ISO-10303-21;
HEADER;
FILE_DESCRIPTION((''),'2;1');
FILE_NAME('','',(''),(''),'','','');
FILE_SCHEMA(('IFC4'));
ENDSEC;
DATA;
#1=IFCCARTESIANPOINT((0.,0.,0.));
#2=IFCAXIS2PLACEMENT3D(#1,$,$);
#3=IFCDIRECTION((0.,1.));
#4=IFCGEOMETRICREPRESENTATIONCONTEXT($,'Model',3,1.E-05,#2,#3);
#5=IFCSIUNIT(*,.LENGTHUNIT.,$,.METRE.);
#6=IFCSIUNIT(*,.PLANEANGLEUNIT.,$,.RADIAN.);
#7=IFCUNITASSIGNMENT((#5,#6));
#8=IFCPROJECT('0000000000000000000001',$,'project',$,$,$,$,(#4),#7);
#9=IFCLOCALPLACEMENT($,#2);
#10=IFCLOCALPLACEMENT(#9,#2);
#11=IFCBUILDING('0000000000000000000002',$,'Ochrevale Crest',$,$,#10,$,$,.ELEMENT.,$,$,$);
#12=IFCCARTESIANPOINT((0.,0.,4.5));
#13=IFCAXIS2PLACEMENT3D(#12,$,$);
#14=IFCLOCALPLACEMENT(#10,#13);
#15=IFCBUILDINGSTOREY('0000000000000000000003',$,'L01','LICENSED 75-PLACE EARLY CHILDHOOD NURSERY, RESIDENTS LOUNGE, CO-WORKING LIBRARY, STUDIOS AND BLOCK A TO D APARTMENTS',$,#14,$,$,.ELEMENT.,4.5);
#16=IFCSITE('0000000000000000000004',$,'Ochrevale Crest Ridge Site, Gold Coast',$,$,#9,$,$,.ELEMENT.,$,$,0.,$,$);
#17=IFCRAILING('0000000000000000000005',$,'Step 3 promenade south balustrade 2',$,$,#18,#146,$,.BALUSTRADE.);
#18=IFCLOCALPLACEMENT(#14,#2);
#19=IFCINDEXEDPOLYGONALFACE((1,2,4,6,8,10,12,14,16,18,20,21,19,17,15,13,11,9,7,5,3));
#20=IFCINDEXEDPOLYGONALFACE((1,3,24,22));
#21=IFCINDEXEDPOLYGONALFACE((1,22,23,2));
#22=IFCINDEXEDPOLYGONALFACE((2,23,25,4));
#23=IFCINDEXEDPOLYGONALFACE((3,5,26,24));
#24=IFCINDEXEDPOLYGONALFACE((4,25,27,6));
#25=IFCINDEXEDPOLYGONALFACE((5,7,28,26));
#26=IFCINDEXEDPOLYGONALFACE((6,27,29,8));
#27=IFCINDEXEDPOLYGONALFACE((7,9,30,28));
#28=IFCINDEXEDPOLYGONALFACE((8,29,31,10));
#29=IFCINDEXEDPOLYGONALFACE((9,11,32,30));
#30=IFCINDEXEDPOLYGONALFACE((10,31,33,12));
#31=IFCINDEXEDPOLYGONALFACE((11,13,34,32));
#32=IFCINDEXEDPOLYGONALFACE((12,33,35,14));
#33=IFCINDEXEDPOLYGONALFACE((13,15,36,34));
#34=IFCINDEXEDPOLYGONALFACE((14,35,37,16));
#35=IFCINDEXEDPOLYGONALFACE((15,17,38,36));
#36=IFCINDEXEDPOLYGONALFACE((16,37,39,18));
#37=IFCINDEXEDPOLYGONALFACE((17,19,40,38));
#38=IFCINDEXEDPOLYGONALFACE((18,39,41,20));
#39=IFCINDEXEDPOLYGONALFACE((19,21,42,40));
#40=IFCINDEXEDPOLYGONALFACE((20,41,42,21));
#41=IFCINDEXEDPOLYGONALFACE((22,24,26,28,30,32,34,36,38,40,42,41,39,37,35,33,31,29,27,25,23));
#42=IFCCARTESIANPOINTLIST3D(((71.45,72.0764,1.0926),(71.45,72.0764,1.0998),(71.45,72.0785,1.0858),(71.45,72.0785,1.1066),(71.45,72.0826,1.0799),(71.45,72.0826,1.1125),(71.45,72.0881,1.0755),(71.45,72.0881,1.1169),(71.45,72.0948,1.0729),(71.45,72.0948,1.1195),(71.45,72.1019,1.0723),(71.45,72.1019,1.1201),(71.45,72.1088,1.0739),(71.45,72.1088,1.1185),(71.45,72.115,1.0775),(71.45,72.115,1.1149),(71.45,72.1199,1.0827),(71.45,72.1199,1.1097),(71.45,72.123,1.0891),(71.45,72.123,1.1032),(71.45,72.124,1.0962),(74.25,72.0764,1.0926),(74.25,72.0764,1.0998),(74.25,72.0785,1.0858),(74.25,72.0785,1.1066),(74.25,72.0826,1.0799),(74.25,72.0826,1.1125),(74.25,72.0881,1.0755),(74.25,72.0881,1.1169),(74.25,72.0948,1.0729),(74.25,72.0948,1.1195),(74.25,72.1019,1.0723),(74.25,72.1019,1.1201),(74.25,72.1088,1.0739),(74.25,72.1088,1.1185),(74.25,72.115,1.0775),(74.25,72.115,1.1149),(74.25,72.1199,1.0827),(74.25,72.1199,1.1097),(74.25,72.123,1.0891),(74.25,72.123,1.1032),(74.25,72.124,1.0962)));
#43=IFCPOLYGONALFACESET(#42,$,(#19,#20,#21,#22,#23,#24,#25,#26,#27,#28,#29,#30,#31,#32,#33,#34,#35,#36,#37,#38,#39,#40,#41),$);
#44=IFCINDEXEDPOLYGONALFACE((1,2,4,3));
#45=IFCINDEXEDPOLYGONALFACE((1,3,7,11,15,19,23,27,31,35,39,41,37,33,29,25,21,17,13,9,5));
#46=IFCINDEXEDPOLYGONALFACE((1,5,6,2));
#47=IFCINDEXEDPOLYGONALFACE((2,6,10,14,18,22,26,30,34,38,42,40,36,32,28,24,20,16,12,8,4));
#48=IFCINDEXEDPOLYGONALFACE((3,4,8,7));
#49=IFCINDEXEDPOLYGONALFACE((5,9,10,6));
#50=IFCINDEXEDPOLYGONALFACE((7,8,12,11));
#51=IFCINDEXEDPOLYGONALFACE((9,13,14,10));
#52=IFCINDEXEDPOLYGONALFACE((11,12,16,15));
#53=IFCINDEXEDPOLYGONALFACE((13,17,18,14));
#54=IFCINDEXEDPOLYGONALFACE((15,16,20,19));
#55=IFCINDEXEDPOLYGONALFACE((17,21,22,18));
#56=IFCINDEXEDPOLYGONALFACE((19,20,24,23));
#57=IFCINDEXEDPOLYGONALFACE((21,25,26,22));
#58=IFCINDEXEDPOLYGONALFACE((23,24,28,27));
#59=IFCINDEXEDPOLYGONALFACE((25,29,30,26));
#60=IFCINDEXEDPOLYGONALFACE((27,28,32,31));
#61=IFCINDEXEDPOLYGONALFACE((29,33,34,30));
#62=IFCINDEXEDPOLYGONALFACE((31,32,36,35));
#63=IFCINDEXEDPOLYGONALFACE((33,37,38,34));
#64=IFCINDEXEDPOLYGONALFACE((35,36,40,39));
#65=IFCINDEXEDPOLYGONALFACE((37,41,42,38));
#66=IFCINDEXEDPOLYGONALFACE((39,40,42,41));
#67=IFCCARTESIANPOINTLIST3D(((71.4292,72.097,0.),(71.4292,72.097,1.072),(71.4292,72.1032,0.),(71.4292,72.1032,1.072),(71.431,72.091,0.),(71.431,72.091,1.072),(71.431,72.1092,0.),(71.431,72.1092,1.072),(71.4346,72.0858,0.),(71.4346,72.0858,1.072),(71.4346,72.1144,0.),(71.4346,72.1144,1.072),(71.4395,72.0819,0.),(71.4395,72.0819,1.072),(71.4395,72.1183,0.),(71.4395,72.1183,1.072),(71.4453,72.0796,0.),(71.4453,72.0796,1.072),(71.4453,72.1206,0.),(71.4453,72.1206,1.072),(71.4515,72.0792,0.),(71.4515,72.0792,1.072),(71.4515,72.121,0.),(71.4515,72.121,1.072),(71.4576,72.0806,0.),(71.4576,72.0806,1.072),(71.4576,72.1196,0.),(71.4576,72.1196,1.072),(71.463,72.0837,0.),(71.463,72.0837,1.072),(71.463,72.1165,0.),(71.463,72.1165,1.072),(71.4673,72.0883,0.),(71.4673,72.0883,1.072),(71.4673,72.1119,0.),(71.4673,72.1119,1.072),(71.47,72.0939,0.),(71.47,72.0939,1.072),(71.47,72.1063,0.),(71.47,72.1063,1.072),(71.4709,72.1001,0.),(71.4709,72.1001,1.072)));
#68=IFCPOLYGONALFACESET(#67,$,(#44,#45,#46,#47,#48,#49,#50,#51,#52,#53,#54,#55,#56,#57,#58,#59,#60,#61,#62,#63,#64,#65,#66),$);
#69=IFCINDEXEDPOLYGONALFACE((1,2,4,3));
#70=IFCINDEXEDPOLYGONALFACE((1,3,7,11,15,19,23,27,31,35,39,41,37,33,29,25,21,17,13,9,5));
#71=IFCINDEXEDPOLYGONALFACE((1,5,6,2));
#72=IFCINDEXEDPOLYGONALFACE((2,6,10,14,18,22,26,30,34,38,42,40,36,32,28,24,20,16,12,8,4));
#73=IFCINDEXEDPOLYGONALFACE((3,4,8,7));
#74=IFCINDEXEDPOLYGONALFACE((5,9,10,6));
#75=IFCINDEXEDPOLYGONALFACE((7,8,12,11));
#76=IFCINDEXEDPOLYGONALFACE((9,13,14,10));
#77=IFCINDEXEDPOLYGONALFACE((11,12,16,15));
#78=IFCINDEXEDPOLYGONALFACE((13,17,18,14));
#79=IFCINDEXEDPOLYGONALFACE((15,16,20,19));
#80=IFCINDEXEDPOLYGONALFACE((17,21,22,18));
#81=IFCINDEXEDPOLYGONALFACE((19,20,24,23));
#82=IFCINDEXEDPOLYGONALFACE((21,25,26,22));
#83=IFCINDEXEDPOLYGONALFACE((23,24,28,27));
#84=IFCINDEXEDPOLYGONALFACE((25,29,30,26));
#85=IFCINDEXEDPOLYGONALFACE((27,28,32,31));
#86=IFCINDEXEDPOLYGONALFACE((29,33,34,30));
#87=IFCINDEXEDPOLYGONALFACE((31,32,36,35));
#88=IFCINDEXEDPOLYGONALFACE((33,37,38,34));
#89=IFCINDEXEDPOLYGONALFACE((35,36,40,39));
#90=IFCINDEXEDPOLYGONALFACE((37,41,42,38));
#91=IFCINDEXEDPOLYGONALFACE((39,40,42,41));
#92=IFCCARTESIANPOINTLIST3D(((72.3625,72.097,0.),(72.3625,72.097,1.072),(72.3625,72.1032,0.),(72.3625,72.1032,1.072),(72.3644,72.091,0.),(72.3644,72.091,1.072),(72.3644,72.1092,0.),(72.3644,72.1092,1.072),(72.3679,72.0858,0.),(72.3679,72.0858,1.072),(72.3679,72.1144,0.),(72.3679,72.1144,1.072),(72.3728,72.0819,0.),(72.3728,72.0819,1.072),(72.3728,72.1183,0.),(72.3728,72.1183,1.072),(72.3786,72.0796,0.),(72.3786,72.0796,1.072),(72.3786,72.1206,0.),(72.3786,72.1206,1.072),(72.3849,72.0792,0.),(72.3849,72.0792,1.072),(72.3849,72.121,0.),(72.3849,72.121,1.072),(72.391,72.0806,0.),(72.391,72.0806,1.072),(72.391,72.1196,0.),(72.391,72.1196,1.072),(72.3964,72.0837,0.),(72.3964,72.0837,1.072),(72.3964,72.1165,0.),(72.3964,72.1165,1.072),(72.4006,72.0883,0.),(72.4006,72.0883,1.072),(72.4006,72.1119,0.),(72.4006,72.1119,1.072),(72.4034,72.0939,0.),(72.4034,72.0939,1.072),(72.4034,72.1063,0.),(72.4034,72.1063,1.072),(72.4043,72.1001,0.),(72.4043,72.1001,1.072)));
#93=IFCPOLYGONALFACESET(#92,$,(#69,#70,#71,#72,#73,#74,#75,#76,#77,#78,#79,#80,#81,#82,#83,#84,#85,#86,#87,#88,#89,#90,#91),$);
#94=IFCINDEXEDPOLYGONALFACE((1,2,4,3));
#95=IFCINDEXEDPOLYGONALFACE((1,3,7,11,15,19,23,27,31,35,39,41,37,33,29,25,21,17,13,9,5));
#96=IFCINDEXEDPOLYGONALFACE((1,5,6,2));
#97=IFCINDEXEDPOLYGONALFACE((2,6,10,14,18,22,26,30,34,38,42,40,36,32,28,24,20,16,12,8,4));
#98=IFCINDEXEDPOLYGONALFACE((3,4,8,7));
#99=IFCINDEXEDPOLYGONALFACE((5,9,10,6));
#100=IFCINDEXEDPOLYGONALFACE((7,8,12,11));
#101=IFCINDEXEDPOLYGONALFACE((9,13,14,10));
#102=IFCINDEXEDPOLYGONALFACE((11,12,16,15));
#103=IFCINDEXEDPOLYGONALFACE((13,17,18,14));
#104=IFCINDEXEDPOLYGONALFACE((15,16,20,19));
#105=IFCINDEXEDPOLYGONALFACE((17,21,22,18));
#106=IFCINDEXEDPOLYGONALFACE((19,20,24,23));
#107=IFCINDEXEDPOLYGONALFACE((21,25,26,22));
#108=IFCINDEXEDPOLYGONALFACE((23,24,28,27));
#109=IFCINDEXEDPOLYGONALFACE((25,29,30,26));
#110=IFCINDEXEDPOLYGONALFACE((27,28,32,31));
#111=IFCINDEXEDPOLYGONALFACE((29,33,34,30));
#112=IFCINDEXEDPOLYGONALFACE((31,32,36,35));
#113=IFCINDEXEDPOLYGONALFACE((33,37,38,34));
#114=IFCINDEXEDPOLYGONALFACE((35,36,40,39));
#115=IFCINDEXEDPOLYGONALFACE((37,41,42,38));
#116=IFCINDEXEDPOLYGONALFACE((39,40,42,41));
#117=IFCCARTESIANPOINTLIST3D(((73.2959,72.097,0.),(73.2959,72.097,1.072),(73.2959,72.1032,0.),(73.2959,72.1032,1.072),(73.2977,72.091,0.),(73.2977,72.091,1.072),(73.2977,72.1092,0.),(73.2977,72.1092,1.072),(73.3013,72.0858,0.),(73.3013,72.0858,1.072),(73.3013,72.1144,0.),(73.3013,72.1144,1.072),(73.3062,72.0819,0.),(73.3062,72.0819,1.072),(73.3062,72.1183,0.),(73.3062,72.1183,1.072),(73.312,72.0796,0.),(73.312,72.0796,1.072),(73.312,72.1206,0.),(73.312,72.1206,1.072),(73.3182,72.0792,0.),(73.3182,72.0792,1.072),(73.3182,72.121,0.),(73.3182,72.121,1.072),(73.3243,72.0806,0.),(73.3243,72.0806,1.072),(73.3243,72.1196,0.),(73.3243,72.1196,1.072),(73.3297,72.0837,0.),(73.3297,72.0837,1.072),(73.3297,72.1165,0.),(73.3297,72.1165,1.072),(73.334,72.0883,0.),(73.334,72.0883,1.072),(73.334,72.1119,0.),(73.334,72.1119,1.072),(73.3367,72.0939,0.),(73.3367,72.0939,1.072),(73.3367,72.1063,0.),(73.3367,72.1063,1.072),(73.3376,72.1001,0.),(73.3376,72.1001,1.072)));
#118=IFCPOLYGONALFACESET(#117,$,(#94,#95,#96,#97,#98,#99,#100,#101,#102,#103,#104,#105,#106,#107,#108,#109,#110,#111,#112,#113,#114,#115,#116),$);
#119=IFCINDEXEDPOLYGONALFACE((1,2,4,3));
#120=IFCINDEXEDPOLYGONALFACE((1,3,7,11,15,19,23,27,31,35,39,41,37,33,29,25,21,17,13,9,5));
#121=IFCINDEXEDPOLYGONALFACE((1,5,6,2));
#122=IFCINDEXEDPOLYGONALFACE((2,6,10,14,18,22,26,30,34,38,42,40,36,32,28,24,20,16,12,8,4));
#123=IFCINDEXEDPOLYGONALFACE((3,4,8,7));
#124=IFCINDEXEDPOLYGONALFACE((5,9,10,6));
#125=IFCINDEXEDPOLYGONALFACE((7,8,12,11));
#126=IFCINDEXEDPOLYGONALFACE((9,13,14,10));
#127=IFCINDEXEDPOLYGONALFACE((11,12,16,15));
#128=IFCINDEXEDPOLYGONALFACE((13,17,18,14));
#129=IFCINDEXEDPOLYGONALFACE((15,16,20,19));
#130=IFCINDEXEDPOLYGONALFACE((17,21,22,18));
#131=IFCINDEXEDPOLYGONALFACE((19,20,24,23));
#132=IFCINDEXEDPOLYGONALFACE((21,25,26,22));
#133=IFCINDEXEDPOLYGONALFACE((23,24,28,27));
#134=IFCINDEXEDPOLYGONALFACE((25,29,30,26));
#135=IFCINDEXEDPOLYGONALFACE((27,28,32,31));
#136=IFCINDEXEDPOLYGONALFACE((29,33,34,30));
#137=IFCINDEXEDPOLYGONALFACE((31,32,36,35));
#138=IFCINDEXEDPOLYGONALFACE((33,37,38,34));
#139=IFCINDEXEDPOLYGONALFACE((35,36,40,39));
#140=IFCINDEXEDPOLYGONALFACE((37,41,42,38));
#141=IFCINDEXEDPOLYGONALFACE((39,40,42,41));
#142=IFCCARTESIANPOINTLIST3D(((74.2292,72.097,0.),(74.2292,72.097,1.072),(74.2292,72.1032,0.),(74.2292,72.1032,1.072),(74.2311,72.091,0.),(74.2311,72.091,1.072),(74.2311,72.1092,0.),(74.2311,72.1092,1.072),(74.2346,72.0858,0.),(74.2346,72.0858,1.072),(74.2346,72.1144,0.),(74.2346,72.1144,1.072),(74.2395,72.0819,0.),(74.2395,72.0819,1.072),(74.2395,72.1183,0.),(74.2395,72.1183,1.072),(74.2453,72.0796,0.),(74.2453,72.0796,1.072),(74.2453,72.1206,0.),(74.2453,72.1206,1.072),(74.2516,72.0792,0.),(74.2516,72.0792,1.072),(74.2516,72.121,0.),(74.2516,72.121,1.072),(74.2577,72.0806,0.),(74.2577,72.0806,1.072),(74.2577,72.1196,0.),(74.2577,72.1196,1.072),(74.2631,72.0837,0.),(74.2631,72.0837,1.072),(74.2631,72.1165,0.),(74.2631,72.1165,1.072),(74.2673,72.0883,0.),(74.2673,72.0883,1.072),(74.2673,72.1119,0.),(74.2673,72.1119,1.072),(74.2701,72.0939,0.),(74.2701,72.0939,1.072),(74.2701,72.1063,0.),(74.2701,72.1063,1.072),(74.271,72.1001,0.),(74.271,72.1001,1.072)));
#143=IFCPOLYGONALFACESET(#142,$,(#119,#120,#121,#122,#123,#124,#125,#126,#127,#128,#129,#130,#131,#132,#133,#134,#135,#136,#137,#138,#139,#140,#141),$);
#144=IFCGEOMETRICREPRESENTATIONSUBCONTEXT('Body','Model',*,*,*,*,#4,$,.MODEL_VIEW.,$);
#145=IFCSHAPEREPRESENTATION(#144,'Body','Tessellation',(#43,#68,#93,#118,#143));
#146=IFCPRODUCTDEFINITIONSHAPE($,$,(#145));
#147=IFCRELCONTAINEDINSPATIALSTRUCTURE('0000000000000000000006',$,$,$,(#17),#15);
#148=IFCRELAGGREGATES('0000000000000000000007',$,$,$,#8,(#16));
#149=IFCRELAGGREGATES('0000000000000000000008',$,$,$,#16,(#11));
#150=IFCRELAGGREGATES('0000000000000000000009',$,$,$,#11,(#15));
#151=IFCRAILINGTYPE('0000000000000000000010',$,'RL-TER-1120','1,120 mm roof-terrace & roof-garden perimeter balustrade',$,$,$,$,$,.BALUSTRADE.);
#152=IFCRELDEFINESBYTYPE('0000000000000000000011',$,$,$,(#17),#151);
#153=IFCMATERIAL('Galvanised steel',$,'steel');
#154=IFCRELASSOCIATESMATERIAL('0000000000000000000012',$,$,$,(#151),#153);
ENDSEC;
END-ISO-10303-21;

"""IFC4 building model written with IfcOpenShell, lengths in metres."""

from ifc_helpers import new_model, si_unit, direction, frame, origin, origin_2d, place, context, subcontext, project, spatial, circle, extrude, material, type_object, element, save


model = new_model("IFC4")

# Units and contexts
model_context = context("Model", 3, precision=1e-05, world=origin(), true_north=direction((0.0, 1.0)))
body_context = subcontext(model_context, "Body", "Model", "MODEL_VIEW")
ifc_project = project(units=[si_unit("LENGTHUNIT", "METRE"), si_unit("PLANEANGLEUNIT", "RADIAN")], contexts=[model_context])

# Site, building, storey
site_placement = place(None, origin())
site = spatial("IfcSite", under=ifc_project, at=site_placement, Name="Ochrevale Crest Ridge Site, Gold Coast", CompositionType="ELEMENT", RefElevation=0.0)
building_placement = place(site_placement, origin())
building = spatial("IfcBuilding", under=site, at=building_placement, Name="Ochrevale Crest", CompositionType="ELEMENT")
storey_placement = place(building_placement, frame((0.0, 0.0, 4.5)))
storey = spatial("IfcBuildingStorey", under=building, at=storey_placement, Name="L01", Description="LICENSED 75-PLACE EARLY CHILDHOOD NURSERY, RESIDENTS LOUNGE, CO-WORKING LIBRARY, STUDIOS AND BLOCK A TO D APARTMENTS", CompositionType="ELEMENT", Elevation=4.5)

# Railing
ifc_material_1 = material(Name="Galvanised steel", Category="steel")
railing_type_1 = type_object("IfcRailingType", Name="RL-TER-1120", Description="1,120 mm roof-terrace & roof-garden perimeter balustrade", PredefinedType="BALUSTRADE", material=ifc_material_1)
railing_1_placement = place(storey_placement, frame((71.45, 72.1001, 0.0)))
element("IfcRailing", 1, at=railing_1_placement, inside=storey, type_object=railing_type_1, Name="Step 3 promenade south balustrade 2", PredefinedType="BALUSTRADE", context=body_context, shape_type="SweptSolid", body=[
    extrude(circle(Radius=0.0239, at=origin_2d()), frame((0.0, 0.0, 1.0962), z_axis=(1.0, 0.0, 0.0), x_axis=(0.0, 1.0, 0.0)), (0.0, 0.0, 1.0), 2.8),
    extrude(circle(Radius=0.021, at=origin_2d()), origin(), (0.0, 0.0, 1.0), 1.072),
    extrude(circle(Radius=0.021, at=origin_2d()), frame((0.9333, 0.0, 0.0)), (0.0, 0.0, 1.0), 1.072),
    extrude(circle(Radius=0.021, at=origin_2d()), frame((1.8667, 0.0, 0.0)), (0.0, 0.0, 1.0), 1.072),
    extrude(circle(Radius=0.021, at=origin_2d()), frame((2.8, 0.0, 0.0)), (0.0, 0.0, 1.0), 1.072),
])

save(model, "model.ifc")
